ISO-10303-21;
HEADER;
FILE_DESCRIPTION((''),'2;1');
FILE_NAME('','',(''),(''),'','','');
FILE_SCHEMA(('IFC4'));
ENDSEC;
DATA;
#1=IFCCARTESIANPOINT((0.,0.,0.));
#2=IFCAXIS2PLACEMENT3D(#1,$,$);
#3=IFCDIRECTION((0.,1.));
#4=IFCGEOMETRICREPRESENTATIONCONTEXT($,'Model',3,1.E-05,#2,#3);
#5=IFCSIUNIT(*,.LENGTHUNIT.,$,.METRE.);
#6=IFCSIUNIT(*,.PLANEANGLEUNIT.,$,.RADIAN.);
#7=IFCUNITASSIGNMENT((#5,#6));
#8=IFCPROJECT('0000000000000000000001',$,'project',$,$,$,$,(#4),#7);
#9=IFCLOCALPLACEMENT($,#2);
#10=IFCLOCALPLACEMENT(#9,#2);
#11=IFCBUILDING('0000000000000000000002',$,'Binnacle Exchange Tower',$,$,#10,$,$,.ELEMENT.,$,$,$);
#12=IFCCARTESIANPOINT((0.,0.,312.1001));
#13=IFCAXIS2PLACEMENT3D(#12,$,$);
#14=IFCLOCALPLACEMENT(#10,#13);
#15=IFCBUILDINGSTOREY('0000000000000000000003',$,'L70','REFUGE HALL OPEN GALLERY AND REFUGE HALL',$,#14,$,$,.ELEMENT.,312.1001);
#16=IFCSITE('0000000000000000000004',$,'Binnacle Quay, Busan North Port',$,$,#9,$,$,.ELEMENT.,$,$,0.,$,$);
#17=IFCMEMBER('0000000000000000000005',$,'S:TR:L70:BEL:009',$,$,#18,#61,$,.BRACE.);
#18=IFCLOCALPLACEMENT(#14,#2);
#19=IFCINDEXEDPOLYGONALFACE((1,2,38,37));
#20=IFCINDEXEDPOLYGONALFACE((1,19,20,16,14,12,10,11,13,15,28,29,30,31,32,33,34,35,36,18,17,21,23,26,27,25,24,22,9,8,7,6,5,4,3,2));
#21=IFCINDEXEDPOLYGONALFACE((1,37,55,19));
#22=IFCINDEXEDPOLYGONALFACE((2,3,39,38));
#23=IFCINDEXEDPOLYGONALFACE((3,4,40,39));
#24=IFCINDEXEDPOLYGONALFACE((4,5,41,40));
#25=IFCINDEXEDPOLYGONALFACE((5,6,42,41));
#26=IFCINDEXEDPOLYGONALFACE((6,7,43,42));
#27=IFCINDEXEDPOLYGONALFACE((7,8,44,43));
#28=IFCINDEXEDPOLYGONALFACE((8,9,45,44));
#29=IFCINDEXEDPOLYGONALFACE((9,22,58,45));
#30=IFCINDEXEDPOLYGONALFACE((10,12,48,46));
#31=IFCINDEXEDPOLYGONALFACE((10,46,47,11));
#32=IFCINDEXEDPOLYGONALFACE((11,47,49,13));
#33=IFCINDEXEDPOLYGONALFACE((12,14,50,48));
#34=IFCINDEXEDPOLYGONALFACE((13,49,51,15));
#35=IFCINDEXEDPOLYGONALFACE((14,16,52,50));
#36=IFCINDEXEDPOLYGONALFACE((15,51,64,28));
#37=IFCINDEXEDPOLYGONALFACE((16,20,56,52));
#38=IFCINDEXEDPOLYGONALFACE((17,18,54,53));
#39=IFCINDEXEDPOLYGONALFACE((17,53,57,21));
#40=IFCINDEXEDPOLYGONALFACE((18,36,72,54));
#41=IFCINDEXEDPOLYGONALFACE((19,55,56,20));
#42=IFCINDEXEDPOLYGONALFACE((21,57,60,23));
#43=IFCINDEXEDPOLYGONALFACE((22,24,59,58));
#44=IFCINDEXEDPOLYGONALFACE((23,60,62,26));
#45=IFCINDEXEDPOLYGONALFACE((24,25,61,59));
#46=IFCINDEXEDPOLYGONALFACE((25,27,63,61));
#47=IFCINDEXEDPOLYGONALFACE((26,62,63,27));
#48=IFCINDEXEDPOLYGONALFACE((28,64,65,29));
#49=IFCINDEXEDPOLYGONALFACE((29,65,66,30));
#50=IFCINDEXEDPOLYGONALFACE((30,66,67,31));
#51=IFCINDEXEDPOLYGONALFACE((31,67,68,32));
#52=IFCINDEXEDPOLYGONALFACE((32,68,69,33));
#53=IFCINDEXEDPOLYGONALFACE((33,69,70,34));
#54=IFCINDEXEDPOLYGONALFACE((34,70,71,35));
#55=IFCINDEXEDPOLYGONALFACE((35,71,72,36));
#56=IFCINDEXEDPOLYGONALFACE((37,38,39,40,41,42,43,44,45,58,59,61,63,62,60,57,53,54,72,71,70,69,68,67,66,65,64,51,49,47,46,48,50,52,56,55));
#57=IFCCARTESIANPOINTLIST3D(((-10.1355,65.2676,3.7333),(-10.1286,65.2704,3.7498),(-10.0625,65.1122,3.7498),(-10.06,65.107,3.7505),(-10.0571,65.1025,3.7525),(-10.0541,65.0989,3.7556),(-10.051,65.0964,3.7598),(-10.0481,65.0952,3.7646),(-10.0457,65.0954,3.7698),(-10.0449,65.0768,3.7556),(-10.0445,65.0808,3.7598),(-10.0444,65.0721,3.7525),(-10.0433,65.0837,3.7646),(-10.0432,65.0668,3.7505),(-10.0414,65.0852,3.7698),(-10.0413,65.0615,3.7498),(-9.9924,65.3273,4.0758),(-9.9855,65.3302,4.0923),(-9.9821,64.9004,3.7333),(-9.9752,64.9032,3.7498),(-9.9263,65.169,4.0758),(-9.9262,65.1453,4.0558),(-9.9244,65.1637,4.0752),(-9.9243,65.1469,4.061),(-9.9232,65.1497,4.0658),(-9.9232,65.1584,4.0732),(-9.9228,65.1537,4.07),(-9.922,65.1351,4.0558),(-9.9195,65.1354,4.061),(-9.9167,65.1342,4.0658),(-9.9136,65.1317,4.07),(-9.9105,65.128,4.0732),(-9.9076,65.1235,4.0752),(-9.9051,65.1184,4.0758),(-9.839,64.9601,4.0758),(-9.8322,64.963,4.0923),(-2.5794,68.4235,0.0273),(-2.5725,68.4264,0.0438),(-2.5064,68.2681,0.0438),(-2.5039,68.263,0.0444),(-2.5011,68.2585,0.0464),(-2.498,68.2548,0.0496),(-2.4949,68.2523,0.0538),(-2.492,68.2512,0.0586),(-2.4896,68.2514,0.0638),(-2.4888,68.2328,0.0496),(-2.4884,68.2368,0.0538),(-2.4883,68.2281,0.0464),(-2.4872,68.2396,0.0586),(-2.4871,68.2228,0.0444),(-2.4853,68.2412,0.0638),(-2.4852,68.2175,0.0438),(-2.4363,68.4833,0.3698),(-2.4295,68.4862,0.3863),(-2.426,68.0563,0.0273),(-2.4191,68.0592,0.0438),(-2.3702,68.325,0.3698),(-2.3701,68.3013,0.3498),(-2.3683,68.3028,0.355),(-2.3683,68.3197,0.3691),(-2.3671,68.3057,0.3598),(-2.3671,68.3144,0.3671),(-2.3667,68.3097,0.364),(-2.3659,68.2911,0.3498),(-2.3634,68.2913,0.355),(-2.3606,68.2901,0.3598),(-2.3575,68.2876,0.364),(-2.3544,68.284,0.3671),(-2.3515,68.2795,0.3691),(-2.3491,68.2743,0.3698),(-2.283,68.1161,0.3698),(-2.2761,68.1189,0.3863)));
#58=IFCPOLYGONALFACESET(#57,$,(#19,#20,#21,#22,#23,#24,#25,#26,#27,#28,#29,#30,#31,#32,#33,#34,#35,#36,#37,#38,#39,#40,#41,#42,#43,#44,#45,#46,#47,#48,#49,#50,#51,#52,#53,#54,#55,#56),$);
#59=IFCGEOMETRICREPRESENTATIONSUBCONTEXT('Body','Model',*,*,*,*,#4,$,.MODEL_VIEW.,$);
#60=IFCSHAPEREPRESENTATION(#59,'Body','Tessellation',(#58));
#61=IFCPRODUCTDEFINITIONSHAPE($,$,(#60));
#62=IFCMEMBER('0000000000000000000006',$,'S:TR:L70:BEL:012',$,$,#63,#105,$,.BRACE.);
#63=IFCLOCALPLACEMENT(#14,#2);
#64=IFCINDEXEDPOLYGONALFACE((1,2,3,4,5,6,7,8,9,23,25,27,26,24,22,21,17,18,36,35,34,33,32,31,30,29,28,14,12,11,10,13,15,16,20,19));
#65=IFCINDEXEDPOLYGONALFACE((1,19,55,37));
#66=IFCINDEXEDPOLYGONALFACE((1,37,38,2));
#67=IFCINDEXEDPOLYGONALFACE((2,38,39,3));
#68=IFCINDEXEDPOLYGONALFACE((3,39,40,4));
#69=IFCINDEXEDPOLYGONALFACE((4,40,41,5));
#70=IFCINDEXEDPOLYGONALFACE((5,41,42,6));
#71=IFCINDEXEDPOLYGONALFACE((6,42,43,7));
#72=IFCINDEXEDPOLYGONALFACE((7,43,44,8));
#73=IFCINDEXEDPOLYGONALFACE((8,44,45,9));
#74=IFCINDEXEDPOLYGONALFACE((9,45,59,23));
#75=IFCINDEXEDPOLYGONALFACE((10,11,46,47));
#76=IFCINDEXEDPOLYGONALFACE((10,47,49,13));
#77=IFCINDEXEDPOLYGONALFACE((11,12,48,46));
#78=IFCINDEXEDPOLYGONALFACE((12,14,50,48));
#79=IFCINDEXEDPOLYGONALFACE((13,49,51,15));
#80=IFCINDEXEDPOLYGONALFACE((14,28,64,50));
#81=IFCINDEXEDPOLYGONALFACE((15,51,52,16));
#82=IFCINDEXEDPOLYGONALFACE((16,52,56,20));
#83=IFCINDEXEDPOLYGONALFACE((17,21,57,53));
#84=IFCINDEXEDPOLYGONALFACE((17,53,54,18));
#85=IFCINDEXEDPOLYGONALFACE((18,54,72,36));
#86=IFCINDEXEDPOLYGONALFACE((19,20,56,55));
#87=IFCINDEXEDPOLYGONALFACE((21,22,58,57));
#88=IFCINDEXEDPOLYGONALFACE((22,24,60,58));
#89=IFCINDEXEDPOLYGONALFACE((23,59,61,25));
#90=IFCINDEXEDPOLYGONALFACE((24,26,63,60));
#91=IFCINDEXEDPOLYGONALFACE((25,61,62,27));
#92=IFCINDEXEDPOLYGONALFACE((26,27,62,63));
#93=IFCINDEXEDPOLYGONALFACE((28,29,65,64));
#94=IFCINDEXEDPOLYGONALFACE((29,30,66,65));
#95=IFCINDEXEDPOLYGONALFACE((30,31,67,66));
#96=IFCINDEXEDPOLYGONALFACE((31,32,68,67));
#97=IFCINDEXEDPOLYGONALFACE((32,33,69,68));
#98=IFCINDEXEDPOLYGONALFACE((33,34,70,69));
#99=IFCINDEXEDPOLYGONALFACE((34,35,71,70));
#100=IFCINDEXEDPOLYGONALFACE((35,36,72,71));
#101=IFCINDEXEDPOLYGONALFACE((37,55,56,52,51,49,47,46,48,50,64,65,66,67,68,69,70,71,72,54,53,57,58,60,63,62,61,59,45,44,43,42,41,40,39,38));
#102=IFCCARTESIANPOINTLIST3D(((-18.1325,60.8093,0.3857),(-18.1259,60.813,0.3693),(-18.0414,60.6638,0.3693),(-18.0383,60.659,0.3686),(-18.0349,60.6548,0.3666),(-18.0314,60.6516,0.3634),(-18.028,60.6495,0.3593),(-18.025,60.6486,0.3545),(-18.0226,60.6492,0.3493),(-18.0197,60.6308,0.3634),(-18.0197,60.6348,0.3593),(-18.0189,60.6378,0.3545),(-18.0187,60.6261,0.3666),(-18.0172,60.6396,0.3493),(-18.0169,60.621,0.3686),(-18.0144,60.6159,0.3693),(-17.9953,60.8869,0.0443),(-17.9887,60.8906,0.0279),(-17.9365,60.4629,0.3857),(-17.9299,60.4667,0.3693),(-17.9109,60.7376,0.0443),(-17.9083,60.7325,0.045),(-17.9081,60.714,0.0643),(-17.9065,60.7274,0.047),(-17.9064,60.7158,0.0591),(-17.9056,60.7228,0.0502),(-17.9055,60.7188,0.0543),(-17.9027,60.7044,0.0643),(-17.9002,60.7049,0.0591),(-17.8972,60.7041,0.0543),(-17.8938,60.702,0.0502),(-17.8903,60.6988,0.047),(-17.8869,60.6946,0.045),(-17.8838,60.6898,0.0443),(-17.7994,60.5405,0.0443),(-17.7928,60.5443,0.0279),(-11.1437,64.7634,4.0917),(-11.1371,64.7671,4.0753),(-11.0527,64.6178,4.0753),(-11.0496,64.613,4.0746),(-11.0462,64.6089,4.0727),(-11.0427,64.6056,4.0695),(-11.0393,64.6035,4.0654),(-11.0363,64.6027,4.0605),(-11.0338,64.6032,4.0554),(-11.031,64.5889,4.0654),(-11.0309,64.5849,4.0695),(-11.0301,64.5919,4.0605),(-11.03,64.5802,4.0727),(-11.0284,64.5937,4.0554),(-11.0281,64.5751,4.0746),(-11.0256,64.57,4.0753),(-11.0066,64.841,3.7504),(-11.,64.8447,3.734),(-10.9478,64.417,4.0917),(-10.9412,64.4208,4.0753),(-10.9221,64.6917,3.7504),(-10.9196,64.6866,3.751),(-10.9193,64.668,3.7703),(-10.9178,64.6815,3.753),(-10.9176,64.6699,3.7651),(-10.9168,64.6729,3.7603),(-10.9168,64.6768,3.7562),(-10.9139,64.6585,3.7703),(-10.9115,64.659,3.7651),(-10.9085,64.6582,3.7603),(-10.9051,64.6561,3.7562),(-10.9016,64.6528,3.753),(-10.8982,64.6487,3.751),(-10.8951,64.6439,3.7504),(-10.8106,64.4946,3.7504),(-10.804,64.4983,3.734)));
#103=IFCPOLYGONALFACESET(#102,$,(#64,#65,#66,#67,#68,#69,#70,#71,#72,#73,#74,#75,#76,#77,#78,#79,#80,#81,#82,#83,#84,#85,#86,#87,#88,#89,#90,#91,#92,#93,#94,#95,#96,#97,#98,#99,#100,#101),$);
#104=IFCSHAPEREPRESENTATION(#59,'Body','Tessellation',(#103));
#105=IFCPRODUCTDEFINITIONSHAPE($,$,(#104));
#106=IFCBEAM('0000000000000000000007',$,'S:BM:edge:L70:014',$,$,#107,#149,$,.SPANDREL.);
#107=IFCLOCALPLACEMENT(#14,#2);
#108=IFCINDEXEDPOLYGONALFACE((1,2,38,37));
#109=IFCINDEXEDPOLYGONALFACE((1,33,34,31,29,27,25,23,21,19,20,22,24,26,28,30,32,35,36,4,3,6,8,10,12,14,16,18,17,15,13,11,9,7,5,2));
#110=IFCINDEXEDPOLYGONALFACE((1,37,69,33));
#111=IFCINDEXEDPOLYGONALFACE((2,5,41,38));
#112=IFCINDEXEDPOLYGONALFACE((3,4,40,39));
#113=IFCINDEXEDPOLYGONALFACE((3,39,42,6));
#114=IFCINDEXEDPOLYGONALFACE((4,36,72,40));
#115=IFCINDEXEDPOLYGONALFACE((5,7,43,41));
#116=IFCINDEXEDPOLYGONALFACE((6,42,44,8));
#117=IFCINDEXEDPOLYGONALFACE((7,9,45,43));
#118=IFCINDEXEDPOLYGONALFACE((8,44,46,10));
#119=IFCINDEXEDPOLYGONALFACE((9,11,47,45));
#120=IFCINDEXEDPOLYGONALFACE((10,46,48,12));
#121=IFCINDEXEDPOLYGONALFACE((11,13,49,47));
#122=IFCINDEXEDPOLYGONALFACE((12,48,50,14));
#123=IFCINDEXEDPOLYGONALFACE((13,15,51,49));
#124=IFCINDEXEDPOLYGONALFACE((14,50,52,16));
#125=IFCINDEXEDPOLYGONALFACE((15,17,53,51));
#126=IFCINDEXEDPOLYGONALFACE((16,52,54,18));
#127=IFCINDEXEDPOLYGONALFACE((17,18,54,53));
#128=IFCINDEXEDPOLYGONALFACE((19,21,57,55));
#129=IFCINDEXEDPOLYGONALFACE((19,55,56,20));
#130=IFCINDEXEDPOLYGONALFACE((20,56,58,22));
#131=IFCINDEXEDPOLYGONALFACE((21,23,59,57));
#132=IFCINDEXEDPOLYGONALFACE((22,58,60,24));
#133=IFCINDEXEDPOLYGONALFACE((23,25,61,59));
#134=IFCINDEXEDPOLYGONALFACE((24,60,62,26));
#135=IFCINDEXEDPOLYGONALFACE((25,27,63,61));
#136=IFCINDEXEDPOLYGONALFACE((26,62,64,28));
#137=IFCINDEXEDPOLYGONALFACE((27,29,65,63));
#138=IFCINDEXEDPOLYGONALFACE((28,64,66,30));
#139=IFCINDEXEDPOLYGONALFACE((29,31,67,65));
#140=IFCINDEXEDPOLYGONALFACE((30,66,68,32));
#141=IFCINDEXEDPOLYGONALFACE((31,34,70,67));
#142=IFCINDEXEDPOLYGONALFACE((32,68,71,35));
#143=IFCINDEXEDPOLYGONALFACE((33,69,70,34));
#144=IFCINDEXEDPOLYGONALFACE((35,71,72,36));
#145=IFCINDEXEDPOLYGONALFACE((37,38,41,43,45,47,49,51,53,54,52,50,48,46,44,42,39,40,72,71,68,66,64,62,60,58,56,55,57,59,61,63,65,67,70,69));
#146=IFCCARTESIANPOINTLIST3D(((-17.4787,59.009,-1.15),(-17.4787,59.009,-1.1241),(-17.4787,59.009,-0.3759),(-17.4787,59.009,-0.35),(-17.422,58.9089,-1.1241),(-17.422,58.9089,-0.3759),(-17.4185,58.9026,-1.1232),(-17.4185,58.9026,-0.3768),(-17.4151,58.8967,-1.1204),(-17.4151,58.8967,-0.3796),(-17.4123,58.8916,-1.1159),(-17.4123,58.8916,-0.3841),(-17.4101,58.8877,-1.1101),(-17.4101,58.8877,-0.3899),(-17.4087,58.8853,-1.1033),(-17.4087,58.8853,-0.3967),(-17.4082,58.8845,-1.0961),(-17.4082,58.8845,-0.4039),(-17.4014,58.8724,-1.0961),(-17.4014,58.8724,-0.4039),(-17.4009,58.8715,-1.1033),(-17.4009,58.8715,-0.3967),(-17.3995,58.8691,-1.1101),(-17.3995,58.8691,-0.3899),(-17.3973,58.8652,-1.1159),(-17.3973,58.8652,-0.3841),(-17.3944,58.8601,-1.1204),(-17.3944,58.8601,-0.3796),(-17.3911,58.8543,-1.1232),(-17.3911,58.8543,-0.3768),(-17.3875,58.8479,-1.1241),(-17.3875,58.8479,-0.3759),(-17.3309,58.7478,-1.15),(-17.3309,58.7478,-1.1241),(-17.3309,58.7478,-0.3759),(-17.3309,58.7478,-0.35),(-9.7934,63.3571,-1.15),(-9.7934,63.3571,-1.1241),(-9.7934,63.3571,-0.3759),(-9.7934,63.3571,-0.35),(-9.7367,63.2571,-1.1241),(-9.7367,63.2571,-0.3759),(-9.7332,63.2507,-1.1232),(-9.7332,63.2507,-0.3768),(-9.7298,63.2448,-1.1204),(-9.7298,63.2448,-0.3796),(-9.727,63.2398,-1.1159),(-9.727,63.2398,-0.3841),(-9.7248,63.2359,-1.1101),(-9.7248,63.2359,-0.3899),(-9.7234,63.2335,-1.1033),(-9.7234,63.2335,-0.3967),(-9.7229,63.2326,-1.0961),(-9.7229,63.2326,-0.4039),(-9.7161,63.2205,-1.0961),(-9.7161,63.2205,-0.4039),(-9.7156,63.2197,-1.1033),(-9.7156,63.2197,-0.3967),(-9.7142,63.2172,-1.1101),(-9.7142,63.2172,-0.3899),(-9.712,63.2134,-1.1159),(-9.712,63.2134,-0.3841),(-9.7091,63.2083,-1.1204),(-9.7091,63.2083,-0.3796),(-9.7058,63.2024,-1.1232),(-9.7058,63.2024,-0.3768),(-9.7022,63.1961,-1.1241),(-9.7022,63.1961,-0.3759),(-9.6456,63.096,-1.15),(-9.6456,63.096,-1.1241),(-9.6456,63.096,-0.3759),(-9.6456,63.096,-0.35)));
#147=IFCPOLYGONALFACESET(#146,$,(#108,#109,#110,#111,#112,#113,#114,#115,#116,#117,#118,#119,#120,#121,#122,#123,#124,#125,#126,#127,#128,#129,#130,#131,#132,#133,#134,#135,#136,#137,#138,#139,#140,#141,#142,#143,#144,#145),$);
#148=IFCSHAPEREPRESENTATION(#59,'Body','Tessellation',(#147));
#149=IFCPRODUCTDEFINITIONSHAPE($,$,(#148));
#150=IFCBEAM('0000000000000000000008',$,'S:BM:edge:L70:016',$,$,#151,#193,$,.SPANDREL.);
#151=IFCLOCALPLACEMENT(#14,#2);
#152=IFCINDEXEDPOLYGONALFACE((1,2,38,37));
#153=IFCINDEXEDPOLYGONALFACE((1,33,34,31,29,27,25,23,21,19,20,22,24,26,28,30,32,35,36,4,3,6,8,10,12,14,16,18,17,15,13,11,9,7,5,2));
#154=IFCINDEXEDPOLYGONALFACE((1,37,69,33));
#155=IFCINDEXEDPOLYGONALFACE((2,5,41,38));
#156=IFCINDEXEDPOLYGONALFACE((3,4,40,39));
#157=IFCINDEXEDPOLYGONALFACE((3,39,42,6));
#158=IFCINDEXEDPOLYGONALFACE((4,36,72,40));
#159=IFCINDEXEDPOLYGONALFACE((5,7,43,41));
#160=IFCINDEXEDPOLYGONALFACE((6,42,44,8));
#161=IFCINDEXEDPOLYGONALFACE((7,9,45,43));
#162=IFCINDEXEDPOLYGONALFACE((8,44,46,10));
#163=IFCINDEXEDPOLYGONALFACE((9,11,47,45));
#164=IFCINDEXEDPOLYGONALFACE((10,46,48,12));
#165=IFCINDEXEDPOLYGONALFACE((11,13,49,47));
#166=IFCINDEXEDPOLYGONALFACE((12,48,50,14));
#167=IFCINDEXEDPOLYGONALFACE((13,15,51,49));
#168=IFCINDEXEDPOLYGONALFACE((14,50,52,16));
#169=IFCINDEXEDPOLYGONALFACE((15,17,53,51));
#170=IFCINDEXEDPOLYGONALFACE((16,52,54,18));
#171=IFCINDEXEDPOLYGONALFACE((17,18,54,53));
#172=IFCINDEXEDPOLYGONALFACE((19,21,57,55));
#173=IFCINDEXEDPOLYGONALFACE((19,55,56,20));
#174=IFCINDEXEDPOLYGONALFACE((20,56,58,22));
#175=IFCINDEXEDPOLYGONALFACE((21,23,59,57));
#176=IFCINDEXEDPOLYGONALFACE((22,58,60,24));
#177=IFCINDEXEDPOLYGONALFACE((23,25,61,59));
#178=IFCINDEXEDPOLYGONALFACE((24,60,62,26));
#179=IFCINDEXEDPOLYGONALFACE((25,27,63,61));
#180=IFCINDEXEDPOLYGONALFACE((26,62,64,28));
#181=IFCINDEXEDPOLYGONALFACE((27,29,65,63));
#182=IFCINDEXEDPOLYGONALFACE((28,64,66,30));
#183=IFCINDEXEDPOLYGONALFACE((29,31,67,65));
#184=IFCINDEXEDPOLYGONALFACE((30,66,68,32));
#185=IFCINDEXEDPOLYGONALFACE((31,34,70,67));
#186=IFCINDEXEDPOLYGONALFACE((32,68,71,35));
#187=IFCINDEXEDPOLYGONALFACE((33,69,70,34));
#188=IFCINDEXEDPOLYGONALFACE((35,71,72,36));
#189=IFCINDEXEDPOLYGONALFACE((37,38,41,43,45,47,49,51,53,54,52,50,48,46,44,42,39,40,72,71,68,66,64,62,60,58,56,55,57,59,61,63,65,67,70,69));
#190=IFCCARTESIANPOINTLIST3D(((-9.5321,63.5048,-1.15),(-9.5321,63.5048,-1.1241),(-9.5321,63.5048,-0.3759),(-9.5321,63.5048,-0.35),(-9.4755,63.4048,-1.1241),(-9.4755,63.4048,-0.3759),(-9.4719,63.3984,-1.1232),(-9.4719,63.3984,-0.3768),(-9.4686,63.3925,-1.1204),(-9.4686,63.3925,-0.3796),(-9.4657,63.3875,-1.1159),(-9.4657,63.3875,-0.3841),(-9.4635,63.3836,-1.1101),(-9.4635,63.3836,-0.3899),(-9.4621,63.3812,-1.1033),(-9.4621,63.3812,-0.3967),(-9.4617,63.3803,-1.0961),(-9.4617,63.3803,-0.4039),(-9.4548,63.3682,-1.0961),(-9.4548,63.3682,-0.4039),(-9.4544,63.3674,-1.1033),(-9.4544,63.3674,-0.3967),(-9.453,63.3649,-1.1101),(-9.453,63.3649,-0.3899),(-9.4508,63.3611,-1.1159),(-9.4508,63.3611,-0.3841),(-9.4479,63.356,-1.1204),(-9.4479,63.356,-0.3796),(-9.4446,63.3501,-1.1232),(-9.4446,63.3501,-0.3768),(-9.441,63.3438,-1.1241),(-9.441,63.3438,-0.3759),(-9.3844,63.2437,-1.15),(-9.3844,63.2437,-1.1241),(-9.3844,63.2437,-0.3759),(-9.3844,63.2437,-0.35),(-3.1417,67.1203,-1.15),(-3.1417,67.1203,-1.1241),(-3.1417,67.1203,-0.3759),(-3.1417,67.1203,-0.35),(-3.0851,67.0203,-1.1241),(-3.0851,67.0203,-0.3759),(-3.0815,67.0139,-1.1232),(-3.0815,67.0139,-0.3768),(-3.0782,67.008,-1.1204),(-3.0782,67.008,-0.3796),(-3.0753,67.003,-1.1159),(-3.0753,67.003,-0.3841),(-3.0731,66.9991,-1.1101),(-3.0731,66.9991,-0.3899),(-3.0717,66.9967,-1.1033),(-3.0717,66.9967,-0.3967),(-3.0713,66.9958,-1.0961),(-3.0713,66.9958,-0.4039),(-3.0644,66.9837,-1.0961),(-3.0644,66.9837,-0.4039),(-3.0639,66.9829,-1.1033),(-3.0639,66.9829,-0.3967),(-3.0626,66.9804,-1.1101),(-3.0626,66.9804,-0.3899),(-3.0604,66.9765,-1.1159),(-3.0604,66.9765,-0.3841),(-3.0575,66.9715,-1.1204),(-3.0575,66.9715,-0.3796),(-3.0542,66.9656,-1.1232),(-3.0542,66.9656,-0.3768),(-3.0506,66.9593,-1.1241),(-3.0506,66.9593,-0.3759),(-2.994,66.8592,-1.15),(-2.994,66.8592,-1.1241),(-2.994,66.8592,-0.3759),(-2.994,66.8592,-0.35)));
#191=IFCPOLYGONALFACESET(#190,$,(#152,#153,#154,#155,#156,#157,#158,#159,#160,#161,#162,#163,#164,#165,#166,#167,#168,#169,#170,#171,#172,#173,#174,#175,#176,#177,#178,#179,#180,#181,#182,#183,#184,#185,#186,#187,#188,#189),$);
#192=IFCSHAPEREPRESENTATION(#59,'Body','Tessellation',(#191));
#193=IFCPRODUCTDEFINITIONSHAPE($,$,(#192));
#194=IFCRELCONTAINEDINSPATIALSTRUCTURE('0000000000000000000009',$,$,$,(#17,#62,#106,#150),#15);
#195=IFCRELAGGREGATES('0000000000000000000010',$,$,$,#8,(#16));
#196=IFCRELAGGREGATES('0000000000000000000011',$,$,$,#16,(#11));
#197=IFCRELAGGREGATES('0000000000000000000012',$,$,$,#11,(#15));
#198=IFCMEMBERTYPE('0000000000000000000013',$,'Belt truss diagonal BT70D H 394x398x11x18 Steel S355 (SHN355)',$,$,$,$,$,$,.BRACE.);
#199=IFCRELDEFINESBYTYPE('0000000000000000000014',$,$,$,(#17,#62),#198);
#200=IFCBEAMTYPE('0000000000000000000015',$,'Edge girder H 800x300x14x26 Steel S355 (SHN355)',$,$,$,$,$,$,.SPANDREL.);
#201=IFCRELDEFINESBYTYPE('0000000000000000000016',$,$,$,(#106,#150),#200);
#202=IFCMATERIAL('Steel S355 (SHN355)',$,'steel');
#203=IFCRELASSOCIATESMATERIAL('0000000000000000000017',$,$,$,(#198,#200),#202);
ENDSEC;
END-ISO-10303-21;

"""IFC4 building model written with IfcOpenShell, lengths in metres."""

from ifc_helpers import new_model, si_unit, direction, frame, origin, origin_2d, place, context, subcontext, project, spatial, i_section, extrude, material, material_profile, profile_set, type_object, element, save


model = new_model("IFC4")

# Units and contexts
model_context = context("Model", 3, precision=1e-05, world=origin(), true_north=direction((0.0, 1.0)))
body_context = subcontext(model_context, "Body", "Model", "MODEL_VIEW")
ifc_project = project(units=[si_unit("LENGTHUNIT", "METRE"), si_unit("PLANEANGLEUNIT", "RADIAN")], contexts=[model_context])

# Site, building, storey
site_placement = place(None, origin())
site = spatial("IfcSite", under=ifc_project, at=site_placement, Name="Binnacle Quay, Busan North Port", CompositionType="ELEMENT", RefElevation=0.0)
building_placement = place(site_placement, origin())
building = spatial("IfcBuilding", under=site, at=building_placement, Name="Binnacle Exchange Tower", CompositionType="ELEMENT")
storey_placement = place(building_placement, frame((0.0, 0.0, 312.1001)))
storey = spatial("IfcBuildingStorey", under=building, at=storey_placement, Name="L70", Description="REFUGE HALL OPEN GALLERY AND REFUGE HALL", CompositionType="ELEMENT", Elevation=312.1001)

# Members
ifc_material_1 = material(Name="Steel S355 (SHN355)", Category="steel")
ifc_material_profile_1 = material_profile(ifc_material_1, i_section(OverallWidth=0.3979, OverallDepth=0.394, WebThickness=0.011, FlangeThickness=0.0181, FilletRadius=0.022, at=origin_2d()), Name="H 394x398x11x18")
ifc_profile_set_1 = profile_set([ifc_material_profile_1], Name="Steel S355 (SHN355)")
member_type_1 = type_object("IfcMemberType", Name="Belt truss diagonal BT70D H 394x398x11x18 Steel S355 (SHN355)", PredefinedType="BRACE", material=ifc_profile_set_1)
member_1_placement = place(storey_placement, frame((-2.4277, 68.2712, 0.2068), z_axis=(-0.84066, -0.351121, 0.412317), x_axis=(0.385407, -0.922747, 0.0)))
element("IfcMember", 1, at=member_1_placement, inside=storey, type_object=member_type_1, Name="S:TR:L70:BEL:009", PredefinedType="BRACE", context=body_context, shape_type="SweptSolid", body=[
    extrude(i_section(OverallWidth=0.3979, OverallDepth=0.394, WebThickness=0.011, FlangeThickness=0.0181, FilletRadius=0.022, at=origin_2d()), origin(), (0.0, 0.0, 1.0), 8.9883),
])
member_2_placement = place(storey_placement, frame((-10.9739, 64.6309, 3.9128), z_axis=(-0.790246, -0.447105, -0.419057), x_axis=(0.492428, -0.870353, 0.0)))
element("IfcMember", 2, at=member_2_placement, inside=storey, type_object=member_type_1, Name="S:TR:L70:BEL:012", PredefinedType="BRACE", context=body_context, shape_type="SweptSolid", body=[
    extrude(i_section(OverallWidth=0.3979, OverallDepth=0.394, WebThickness=0.011, FlangeThickness=0.0181, FilletRadius=0.022, at=origin_2d()), origin(), (0.0, 0.0, 1.0), 8.8438),
])

# Beams
ifc_material_profile_2 = material_profile(ifc_material_1, i_section(OverallWidth=0.3, OverallDepth=0.8, WebThickness=0.0139, FlangeThickness=0.0259, FilletRadius=0.0281, at=origin_2d()), Name="H 800x300x14x26")
ifc_profile_set_2 = profile_set([ifc_material_profile_2], Name="Steel S355 (SHN355)")
beam_type_1 = type_object("IfcBeamType", Name="Edge girder H 800x300x14x26 Steel S355 (SHN355)", PredefinedType="SPANDREL", material=ifc_profile_set_2)
beam_1_placement = place(storey_placement, frame((-17.4048, 58.8784, -0.75), z_axis=(0.870355, 0.492424, 0.0), x_axis=(-0.492424, 0.870355, 0.0)))
element("IfcBeam", 3, at=beam_1_placement, inside=storey, type_object=beam_type_1, Name="S:BM:edge:L70:014", PredefinedType="SPANDREL", context=body_context, shape_type="SweptSolid", body=[
    extrude(i_section(OverallWidth=0.3, OverallDepth=0.8, WebThickness=0.0139, FlangeThickness=0.0259, FilletRadius=0.0281, at=origin_2d()), origin(), (0.0, 0.0, 1.0), 8.8301),
])
beam_2_placement = place(storey_placement, frame((-9.4583, 63.3743, -0.75), z_axis=(0.870357, 0.492421, 0.0), x_axis=(-0.492421, 0.870357, 0.0)))
element("IfcBeam", 4, at=beam_2_placement, inside=storey, type_object=beam_type_1, Name="S:BM:edge:L70:016", PredefinedType="SPANDREL", context=body_context, shape_type="SweptSolid", body=[
    extrude(i_section(OverallWidth=0.3, OverallDepth=0.8, WebThickness=0.0139, FlangeThickness=0.0259, FilletRadius=0.0281, at=origin_2d()), origin(), (0.0, 0.0, 1.0), 7.3423),
])

save(model, "model.ifc")
